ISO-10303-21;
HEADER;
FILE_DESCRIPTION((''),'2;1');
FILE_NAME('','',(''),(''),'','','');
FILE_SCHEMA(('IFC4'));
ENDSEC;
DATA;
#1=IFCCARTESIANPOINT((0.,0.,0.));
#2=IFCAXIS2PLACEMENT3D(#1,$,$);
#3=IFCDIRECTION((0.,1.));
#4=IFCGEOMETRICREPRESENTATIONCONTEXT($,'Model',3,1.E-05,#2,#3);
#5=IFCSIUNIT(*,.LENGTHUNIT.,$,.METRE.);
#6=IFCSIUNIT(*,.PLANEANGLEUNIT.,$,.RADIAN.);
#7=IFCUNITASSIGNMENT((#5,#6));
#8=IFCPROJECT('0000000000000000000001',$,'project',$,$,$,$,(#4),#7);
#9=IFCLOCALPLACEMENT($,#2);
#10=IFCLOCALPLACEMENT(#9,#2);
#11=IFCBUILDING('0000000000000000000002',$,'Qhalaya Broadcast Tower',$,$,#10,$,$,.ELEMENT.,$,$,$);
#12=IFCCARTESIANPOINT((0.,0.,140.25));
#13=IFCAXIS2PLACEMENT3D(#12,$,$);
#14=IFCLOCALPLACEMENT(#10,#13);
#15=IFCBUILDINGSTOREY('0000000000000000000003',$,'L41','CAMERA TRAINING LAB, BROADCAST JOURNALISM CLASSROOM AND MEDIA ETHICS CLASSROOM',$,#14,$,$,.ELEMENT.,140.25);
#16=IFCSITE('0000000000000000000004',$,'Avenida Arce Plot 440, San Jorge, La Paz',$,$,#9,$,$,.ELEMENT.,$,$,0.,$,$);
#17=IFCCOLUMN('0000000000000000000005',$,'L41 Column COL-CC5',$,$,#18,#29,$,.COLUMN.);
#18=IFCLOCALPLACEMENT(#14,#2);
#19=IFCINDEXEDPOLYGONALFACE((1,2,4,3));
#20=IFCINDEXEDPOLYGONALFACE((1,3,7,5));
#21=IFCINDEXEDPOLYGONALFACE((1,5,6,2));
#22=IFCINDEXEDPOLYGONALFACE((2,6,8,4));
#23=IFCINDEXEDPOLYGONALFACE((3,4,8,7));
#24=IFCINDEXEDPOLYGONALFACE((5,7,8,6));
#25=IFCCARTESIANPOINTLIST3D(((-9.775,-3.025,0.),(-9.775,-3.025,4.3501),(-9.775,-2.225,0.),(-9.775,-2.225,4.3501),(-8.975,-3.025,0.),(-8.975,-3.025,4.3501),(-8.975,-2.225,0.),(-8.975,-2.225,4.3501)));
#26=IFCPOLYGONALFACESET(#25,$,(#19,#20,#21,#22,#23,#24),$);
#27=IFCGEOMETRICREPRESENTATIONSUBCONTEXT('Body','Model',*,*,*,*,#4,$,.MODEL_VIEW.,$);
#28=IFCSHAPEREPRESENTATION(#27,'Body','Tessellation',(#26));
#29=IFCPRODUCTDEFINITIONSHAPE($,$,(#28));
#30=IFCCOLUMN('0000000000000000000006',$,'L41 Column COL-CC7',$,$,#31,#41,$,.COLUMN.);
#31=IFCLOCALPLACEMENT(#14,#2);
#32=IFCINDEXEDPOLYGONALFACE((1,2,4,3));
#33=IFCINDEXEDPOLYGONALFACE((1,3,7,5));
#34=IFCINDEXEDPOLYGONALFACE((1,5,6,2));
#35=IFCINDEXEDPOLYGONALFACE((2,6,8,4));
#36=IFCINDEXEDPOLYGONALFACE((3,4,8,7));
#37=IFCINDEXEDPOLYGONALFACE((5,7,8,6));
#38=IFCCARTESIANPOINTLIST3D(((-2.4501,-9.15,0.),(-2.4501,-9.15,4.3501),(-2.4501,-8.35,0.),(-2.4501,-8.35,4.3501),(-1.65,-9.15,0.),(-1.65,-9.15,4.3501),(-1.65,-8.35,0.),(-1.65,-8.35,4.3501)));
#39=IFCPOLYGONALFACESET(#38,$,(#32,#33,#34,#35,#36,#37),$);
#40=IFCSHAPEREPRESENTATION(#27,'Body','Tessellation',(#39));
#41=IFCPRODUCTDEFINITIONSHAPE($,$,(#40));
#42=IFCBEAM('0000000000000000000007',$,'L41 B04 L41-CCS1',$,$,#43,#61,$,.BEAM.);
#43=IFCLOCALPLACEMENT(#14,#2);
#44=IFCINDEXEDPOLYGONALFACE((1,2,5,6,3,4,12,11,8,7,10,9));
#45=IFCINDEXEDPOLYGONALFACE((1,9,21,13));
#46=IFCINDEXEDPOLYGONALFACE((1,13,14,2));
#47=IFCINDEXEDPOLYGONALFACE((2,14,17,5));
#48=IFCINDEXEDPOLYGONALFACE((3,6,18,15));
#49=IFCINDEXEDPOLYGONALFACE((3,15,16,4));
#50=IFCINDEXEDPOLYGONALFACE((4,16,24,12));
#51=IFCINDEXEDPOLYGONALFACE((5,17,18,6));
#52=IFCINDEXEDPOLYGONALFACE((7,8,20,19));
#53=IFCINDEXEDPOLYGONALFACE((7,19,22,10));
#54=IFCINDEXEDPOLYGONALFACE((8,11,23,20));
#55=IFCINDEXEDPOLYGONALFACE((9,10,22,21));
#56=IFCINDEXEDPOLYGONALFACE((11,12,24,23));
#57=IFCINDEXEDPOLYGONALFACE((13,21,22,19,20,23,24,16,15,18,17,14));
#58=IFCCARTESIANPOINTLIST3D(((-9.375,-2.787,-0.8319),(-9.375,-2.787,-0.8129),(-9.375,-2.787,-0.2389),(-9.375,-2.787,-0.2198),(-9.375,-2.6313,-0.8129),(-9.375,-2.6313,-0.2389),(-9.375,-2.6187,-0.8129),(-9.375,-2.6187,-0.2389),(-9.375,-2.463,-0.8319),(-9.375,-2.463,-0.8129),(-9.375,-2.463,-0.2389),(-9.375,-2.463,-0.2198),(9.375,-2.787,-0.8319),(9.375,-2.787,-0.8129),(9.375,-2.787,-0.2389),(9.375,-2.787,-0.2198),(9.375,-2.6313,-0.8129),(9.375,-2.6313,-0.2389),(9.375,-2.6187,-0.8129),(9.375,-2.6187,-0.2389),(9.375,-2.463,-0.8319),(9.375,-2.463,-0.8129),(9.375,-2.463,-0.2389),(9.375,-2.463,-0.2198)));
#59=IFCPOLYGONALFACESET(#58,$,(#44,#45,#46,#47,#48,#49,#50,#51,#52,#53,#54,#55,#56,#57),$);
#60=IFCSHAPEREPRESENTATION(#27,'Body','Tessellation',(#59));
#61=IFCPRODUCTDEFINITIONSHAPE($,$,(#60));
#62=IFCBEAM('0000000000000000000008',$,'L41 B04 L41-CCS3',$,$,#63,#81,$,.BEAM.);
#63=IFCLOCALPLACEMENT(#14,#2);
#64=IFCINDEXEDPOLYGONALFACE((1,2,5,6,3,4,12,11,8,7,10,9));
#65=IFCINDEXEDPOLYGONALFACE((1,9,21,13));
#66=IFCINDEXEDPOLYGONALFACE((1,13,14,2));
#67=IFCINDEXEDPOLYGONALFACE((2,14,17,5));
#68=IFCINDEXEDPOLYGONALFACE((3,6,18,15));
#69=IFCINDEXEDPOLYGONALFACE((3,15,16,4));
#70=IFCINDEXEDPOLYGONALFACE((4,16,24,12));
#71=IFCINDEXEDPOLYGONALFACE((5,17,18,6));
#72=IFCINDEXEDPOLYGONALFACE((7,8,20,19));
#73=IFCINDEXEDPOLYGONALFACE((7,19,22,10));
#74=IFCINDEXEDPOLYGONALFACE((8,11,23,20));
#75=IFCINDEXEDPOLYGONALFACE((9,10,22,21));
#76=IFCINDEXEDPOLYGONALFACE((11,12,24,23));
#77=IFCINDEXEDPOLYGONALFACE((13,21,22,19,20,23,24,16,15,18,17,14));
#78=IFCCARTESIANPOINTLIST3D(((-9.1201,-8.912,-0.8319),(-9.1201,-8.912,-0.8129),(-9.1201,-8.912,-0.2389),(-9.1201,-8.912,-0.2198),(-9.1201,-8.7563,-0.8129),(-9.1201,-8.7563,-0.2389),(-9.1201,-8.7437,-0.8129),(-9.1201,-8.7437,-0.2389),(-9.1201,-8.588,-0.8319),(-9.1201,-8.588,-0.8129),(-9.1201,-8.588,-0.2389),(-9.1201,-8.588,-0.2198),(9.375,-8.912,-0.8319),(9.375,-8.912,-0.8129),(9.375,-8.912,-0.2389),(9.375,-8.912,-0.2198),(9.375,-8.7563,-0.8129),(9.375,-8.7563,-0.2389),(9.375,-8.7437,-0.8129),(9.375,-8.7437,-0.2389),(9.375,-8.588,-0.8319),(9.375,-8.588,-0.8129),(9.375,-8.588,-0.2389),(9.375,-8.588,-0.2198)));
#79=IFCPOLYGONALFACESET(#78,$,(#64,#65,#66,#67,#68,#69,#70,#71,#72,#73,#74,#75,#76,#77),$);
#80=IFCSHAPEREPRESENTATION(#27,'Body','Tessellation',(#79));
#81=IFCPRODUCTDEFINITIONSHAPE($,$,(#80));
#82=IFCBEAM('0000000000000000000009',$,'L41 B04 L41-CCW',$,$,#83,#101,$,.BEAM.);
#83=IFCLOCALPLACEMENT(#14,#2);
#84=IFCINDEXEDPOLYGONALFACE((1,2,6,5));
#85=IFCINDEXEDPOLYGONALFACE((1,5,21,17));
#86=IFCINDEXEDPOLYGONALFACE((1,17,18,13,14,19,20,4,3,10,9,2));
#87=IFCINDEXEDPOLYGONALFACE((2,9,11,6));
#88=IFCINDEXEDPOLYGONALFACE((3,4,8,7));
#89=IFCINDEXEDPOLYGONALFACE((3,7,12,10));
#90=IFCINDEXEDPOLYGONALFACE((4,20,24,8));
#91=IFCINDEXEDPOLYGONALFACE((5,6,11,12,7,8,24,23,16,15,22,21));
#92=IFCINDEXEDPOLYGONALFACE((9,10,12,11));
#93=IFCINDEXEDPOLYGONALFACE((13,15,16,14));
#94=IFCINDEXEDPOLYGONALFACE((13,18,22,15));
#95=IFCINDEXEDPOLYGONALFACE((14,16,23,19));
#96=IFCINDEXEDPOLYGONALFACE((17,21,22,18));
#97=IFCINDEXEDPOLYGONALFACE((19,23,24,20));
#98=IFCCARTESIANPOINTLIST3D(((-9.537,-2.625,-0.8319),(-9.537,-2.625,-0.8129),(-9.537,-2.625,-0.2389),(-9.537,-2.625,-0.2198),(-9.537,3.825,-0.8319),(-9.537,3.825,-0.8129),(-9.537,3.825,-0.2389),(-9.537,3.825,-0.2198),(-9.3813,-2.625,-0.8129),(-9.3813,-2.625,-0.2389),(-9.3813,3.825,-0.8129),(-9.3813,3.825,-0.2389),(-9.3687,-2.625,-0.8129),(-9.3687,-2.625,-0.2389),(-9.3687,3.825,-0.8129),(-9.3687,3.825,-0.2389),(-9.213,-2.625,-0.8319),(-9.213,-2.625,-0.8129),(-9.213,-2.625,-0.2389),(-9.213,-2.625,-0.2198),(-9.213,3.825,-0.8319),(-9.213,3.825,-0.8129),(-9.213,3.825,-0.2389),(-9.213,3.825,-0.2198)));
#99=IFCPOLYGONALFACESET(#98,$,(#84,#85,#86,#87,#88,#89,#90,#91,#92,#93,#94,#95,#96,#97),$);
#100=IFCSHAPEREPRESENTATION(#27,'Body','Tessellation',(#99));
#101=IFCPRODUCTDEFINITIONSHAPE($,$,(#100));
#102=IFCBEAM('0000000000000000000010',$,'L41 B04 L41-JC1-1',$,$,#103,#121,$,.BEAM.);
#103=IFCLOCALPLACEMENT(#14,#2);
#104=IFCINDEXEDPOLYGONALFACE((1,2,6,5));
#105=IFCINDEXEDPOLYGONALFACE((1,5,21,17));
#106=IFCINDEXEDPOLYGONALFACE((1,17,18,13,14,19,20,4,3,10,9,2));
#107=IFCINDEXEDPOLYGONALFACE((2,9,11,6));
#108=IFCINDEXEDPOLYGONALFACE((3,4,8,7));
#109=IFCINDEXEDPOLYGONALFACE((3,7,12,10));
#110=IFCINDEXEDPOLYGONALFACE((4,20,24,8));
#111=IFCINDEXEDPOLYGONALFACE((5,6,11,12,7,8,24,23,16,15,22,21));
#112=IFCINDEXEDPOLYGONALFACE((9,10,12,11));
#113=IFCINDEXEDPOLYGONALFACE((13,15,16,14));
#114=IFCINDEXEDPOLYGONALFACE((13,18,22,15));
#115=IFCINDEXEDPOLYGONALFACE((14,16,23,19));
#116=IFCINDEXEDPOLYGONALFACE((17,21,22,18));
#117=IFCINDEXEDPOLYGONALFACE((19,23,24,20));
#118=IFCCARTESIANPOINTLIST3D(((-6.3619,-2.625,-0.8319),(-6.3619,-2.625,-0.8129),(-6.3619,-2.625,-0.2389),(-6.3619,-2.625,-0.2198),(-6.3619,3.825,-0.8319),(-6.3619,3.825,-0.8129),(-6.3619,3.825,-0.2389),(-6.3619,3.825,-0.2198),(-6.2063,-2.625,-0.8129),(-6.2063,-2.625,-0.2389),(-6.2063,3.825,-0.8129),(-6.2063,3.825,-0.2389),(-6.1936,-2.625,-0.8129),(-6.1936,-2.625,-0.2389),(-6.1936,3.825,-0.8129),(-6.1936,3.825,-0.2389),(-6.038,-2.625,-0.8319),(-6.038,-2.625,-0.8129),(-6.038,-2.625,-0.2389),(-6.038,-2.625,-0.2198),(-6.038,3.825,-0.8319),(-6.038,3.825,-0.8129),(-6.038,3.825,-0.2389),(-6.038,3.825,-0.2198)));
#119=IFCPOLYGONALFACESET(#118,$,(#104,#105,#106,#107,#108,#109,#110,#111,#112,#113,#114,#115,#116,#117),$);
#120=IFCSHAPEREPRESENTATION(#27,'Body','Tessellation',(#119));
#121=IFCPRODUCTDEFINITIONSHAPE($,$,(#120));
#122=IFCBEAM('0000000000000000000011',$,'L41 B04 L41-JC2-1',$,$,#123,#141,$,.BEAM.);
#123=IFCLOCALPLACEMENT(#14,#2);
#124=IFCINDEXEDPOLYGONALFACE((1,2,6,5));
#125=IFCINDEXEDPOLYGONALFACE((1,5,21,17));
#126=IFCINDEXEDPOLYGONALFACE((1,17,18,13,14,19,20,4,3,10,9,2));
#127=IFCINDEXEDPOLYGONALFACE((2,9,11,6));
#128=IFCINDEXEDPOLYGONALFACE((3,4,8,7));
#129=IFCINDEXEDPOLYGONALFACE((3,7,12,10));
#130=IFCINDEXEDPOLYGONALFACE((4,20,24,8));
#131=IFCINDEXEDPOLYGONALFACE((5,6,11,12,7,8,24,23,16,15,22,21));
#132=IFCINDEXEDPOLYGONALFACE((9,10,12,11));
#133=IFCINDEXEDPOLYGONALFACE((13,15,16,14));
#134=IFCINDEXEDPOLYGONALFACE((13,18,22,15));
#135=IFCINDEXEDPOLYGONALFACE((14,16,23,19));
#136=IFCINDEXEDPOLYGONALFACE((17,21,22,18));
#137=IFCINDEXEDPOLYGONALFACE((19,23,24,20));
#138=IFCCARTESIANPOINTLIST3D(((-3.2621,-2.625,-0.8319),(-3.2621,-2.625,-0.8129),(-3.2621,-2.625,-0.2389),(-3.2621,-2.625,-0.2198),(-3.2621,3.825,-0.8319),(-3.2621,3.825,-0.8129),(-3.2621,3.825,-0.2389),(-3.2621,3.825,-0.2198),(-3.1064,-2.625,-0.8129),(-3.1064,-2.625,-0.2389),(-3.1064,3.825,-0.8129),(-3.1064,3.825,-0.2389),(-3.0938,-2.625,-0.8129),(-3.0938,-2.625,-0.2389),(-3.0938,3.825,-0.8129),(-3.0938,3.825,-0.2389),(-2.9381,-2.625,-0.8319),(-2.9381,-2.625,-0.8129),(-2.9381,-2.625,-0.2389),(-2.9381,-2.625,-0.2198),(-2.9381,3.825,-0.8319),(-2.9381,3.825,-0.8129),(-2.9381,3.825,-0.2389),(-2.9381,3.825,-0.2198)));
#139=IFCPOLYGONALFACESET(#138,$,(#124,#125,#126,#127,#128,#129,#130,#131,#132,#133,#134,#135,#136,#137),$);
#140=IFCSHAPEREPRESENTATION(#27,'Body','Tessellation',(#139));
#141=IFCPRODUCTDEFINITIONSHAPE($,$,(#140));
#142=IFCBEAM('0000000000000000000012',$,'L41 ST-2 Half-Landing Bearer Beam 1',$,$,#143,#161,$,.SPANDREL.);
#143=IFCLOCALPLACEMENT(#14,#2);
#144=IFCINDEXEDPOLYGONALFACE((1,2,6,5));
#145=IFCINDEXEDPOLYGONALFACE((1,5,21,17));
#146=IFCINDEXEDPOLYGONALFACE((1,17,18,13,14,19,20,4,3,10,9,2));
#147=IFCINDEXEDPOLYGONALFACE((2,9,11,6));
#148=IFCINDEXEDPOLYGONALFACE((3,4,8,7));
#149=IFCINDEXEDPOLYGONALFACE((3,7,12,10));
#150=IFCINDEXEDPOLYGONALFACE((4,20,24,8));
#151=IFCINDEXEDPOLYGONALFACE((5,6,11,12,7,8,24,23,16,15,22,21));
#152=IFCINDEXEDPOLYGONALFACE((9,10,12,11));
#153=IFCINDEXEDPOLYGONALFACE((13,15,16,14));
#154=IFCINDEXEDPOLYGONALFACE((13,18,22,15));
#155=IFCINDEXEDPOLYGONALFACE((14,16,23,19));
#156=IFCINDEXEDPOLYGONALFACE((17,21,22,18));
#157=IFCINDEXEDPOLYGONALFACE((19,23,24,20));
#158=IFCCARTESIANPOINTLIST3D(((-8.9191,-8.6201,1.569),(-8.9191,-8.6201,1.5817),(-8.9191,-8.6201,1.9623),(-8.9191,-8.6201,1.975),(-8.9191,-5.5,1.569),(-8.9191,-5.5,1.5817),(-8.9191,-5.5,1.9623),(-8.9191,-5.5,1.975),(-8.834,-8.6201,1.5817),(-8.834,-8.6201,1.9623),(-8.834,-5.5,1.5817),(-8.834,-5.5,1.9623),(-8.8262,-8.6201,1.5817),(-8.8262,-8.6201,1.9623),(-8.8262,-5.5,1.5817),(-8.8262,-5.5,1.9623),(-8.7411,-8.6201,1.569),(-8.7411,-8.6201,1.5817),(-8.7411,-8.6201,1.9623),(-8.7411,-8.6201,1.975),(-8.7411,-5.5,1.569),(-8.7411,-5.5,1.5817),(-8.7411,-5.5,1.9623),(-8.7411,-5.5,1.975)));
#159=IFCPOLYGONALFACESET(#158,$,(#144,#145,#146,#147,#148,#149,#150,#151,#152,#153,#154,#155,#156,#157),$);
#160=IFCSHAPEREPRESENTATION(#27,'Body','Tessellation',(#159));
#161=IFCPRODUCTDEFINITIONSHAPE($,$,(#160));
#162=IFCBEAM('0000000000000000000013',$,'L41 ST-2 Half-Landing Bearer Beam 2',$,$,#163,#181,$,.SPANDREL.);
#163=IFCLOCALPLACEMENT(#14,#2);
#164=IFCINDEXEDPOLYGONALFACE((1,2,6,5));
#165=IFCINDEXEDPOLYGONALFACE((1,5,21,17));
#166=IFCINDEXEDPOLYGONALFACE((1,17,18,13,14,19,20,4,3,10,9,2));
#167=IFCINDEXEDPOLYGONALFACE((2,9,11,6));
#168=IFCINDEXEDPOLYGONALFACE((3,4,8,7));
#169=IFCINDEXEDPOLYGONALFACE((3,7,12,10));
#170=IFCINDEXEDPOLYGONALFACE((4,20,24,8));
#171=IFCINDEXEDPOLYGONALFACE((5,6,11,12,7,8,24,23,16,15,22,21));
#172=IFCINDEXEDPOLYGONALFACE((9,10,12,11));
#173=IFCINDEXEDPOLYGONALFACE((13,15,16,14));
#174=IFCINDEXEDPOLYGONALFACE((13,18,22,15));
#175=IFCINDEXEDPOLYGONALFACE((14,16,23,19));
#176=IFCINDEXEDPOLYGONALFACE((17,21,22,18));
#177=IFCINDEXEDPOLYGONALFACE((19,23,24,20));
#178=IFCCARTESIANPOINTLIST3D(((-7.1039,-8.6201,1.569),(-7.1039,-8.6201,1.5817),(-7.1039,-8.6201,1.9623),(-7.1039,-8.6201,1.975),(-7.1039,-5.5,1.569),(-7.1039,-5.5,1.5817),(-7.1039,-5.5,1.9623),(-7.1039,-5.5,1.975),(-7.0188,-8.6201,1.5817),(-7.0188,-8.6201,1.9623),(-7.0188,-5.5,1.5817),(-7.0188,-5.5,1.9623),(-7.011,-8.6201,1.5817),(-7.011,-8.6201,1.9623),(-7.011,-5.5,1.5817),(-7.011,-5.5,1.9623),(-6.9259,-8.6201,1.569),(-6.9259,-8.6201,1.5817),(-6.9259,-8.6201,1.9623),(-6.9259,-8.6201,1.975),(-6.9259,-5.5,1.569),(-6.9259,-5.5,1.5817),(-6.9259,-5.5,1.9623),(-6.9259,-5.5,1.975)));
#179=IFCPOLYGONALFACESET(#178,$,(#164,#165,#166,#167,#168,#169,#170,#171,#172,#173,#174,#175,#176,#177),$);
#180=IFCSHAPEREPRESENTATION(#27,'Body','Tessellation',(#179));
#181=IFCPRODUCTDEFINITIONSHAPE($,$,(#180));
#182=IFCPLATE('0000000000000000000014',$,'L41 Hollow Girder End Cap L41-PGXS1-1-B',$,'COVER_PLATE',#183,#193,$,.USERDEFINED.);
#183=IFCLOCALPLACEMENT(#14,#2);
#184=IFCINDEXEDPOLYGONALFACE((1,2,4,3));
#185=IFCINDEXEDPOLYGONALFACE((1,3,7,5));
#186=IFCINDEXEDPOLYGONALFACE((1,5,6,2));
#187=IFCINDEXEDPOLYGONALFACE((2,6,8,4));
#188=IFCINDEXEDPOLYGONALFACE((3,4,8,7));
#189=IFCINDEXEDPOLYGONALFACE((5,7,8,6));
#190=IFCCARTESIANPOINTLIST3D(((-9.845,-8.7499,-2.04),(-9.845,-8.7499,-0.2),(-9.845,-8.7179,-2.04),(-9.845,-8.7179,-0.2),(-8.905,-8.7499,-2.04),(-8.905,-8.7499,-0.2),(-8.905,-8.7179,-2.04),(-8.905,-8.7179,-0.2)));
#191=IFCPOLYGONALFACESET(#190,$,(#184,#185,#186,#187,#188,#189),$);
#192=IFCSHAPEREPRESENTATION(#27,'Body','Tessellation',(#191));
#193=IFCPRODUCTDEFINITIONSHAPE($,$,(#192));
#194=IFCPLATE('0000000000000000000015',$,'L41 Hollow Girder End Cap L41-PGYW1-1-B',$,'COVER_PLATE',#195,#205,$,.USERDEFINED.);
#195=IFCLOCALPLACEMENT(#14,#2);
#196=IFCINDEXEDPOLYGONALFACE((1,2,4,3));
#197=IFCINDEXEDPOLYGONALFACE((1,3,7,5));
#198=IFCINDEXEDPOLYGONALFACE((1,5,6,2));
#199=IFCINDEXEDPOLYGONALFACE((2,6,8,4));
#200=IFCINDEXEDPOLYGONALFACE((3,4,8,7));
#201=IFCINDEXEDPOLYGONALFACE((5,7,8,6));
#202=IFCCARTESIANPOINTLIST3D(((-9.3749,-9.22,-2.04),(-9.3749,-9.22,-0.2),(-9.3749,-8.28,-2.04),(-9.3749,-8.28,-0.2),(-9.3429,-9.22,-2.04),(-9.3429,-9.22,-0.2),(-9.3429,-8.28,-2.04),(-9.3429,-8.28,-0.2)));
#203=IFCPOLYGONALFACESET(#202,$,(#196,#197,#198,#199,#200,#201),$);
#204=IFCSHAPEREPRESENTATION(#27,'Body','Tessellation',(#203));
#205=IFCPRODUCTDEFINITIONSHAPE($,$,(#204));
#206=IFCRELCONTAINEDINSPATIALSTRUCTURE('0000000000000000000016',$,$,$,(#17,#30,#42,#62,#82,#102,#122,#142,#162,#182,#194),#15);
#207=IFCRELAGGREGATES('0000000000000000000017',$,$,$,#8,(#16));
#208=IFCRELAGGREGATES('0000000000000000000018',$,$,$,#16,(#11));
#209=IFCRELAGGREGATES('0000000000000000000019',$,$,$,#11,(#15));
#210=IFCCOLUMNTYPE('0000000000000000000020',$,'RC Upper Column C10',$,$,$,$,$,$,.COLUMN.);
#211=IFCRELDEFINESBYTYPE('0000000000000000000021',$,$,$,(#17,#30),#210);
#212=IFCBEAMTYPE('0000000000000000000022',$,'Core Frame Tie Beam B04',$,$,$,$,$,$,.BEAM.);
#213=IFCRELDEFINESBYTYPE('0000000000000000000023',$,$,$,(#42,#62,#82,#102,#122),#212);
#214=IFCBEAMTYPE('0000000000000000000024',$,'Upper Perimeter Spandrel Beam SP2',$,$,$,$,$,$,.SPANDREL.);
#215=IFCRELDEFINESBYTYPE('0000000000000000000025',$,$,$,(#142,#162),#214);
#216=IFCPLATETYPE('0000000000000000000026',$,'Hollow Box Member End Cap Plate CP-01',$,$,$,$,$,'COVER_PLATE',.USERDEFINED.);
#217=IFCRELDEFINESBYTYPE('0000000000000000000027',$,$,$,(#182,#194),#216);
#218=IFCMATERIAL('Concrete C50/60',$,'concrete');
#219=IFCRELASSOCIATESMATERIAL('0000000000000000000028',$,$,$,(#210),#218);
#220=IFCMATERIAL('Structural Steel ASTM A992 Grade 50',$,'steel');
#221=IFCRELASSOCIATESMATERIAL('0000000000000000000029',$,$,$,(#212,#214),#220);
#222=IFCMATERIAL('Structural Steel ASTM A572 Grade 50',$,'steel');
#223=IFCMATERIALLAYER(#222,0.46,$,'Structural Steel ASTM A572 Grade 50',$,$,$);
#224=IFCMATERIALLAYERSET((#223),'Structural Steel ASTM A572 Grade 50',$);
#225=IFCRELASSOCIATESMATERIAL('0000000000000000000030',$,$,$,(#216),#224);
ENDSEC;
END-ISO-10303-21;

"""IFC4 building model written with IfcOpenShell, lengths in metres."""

from ifc_helpers import new_model, si_unit, direction, frame, origin, origin_2d, place, context, subcontext, project, spatial, rectangle, i_section, extrude, material, layer, layer_set, material_profile, profile_set, type_object, element, save


model = new_model("IFC4")

# Units and contexts
model_context = context("Model", 3, precision=1e-05, world=origin(), true_north=direction((0.0, 1.0)))
body_context = subcontext(model_context, "Body", "Model", "MODEL_VIEW")
ifc_project = project(units=[si_unit("LENGTHUNIT", "METRE"), si_unit("PLANEANGLEUNIT", "RADIAN")], contexts=[model_context])

# Site, building, storey
site_placement = place(None, origin())
site = spatial("IfcSite", under=ifc_project, at=site_placement, Name="Avenida Arce Plot 440, San Jorge, La Paz", CompositionType="ELEMENT", RefElevation=0.0)
building_placement = place(site_placement, origin())
building = spatial("IfcBuilding", under=site, at=building_placement, Name="Qhalaya Broadcast Tower", CompositionType="ELEMENT")
storey_placement = place(building_placement, frame((0.0, 0.0, 140.25)))
storey = spatial("IfcBuildingStorey", under=building, at=storey_placement, Name="L41", Description="CAMERA TRAINING LAB, BROADCAST JOURNALISM CLASSROOM AND MEDIA ETHICS CLASSROOM", CompositionType="ELEMENT", Elevation=140.25)

# Columns
ifc_material_1 = material(Name="Concrete C50/60", Category="concrete")
ifc_material_profile_1 = material_profile(ifc_material_1, rectangle(XDim=0.8, YDim=0.8, at=origin_2d()), Name="RC-COL 800x800")
ifc_profile_set_1 = profile_set([ifc_material_profile_1], Name="Concrete C50/60")
column_type = type_object("IfcColumnType", Name="RC Upper Column C10", PredefinedType="COLUMN", material=ifc_profile_set_1)
for number, where, z_axis, x_axis, name in (
    (1, (-9.375, -2.625, 0.0), (0.0, 0.0, 1.0), (1.0, 0.0, 0.0), "L41 Column COL-CC5"),
    (2, (-2.05, -8.75, 0.0), (0.0, 0.0, 1.0), (1.0, 0.0, 0.0), "L41 Column COL-CC7"),
):
    element("IfcColumn", number, at=place(storey_placement, frame(where, z_axis=z_axis, x_axis=x_axis)), inside=storey, type_object=column_type, Name=name, PredefinedType="COLUMN", context=body_context, shape_type="SweptSolid", body=[
        extrude(rectangle(XDim=0.8, YDim=0.8, at=origin_2d()), origin(), (0.0, 0.0, 1.0), 4.3501),
    ])

# Beams
ifc_material_2 = material(Name="Structural Steel ASTM A992 Grade 50", Category="steel")
ifc_material_profile_2 = material_profile(ifc_material_2, i_section(OverallWidth=0.324, OverallDepth=0.6121, WebThickness=0.0127, FlangeThickness=0.019, at=origin_2d()), Name="W24X104")
ifc_profile_set_2 = profile_set([ifc_material_profile_2], Name="Structural Steel ASTM A992 Grade 50")
beam_type_1 = type_object("IfcBeamType", Name="Core Frame Tie Beam B04", PredefinedType="BEAM", material=ifc_profile_set_2)
beam_1_placement = place(storey_placement, frame((-9.375, -2.625, -0.5259), z_axis=(1.0, 0.0, 0.0), x_axis=(0.0, 1.0, 0.0)))
element("IfcBeam", 3, at=beam_1_placement, inside=storey, type_object=beam_type_1, Name="L41 B04 L41-CCS1", PredefinedType="BEAM", context=body_context, shape_type="SweptSolid", body=[
    extrude(i_section(OverallWidth=0.324, OverallDepth=0.6121, WebThickness=0.0127, FlangeThickness=0.019, at=origin_2d()), origin(), (0.0, 0.0, 1.0), 18.75),
])
beam_2_placement = place(storey_placement, frame((-9.1201, -8.75, -0.5259), z_axis=(1.0, 0.0, 0.0), x_axis=(0.0, 1.0, 0.0)))
element("IfcBeam", 4, at=beam_2_placement, inside=storey, type_object=beam_type_1, Name="L41 B04 L41-CCS3", PredefinedType="BEAM", context=body_context, shape_type="SweptSolid", body=[
    extrude(i_section(OverallWidth=0.324, OverallDepth=0.6121, WebThickness=0.0127, FlangeThickness=0.019, at=origin_2d()), origin(), (0.0, 0.0, 1.0), 18.4951),
])
for number, where, z_axis, x_axis, name in (
    (5, (-9.375, -2.625, -0.5259), (0.0, 1.0, 0.0), (-1.0, 0.0, 0.0), "L41 B04 L41-CCW"),
    (6, (-6.2, -2.625, -0.5259), (0.0, 1.0, 0.0), (-1.0, 0.0, 0.0), "L41 B04 L41-JC1-1"),
    (7, (-3.1001, -2.625, -0.5259), (0.0, 1.0, 0.0), (-1.0, 0.0, 0.0), "L41 B04 L41-JC2-1"),
):
    element("IfcBeam", number, at=place(storey_placement, frame(where, z_axis=z_axis, x_axis=x_axis)), inside=storey, type_object=beam_type_1, Name=name, PredefinedType="BEAM", context=body_context, shape_type="SweptSolid", body=[
        extrude(i_section(OverallWidth=0.324, OverallDepth=0.6121, WebThickness=0.0127, FlangeThickness=0.019, at=origin_2d()), origin(), (0.0, 0.0, 1.0), 6.45),
    ])
ifc_material_profile_3 = material_profile(ifc_material_2, i_section(OverallWidth=0.178, OverallDepth=0.406, WebThickness=0.0078, FlangeThickness=0.0127, at=origin_2d()), Name="W16X40")
ifc_profile_set_3 = profile_set([ifc_material_profile_3], Name="Structural Steel ASTM A992 Grade 50")
beam_type_2 = type_object("IfcBeamType", Name="Upper Perimeter Spandrel Beam SP2", PredefinedType="SPANDREL", material=ifc_profile_set_3)
for number, where, z_axis, x_axis, name in (
    (8, (-8.8301, -8.6201, 1.772), (0.0, 1.0, 0.0), (-1.0, 0.0, 0.0), "L41 ST-2 Half-Landing Bearer Beam 1"),
    (9, (-7.0149, -8.6201, 1.772), (0.0, 1.0, 0.0), (-1.0, 0.0, 0.0), "L41 ST-2 Half-Landing Bearer Beam 2"),
):
    element("IfcBeam", number, at=place(storey_placement, frame(where, z_axis=z_axis, x_axis=x_axis)), inside=storey, type_object=beam_type_2, Name=name, PredefinedType="SPANDREL", context=body_context, shape_type="SweptSolid", body=[
        extrude(i_section(OverallWidth=0.178, OverallDepth=0.406, WebThickness=0.0078, FlangeThickness=0.0127, at=origin_2d()), origin(), (0.0, 0.0, 1.0), 3.1201),
    ])

# Plates
ifc_material_3 = material(Name="Structural Steel ASTM A572 Grade 50", Category="steel")
ifc_layer_1 = layer(ifc_material_3, 0.46, Name="Structural Steel ASTM A572 Grade 50")
ifc_layer_set_1 = layer_set([ifc_layer_1], Name="Structural Steel ASTM A572 Grade 50")
plate_type = type_object("IfcPlateType", Name="Hollow Box Member End Cap Plate CP-01", ElementType="COVER_PLATE", PredefinedType="USERDEFINED", material=ifc_layer_set_1)
for number, where, z_axis, x_axis, name in (
    (10, (-9.375, -8.7339, -2.04), (0.0, 0.0, 1.0), (-1.0, 0.0, 0.0), "L41 Hollow Girder End Cap L41-PGXS1-1-B"),
    (11, (-9.3589, -8.75, -2.04), (0.0, 0.0, 1.0), (0.0, 1.0, 0.0), "L41 Hollow Girder End Cap L41-PGYW1-1-B"),
):
    element("IfcPlate", number, at=place(storey_placement, frame(where, z_axis=z_axis, x_axis=x_axis)), inside=storey, type_object=plate_type, Name=name, ObjectType="COVER_PLATE", PredefinedType="USERDEFINED", context=body_context, shape_type="SweptSolid", body=[
        extrude(rectangle(XDim=0.9399, YDim=0.032, at=origin_2d()), origin(), (0.0, 0.0, 1.0), 1.8401),
    ])

save(model, "model.ifc")
